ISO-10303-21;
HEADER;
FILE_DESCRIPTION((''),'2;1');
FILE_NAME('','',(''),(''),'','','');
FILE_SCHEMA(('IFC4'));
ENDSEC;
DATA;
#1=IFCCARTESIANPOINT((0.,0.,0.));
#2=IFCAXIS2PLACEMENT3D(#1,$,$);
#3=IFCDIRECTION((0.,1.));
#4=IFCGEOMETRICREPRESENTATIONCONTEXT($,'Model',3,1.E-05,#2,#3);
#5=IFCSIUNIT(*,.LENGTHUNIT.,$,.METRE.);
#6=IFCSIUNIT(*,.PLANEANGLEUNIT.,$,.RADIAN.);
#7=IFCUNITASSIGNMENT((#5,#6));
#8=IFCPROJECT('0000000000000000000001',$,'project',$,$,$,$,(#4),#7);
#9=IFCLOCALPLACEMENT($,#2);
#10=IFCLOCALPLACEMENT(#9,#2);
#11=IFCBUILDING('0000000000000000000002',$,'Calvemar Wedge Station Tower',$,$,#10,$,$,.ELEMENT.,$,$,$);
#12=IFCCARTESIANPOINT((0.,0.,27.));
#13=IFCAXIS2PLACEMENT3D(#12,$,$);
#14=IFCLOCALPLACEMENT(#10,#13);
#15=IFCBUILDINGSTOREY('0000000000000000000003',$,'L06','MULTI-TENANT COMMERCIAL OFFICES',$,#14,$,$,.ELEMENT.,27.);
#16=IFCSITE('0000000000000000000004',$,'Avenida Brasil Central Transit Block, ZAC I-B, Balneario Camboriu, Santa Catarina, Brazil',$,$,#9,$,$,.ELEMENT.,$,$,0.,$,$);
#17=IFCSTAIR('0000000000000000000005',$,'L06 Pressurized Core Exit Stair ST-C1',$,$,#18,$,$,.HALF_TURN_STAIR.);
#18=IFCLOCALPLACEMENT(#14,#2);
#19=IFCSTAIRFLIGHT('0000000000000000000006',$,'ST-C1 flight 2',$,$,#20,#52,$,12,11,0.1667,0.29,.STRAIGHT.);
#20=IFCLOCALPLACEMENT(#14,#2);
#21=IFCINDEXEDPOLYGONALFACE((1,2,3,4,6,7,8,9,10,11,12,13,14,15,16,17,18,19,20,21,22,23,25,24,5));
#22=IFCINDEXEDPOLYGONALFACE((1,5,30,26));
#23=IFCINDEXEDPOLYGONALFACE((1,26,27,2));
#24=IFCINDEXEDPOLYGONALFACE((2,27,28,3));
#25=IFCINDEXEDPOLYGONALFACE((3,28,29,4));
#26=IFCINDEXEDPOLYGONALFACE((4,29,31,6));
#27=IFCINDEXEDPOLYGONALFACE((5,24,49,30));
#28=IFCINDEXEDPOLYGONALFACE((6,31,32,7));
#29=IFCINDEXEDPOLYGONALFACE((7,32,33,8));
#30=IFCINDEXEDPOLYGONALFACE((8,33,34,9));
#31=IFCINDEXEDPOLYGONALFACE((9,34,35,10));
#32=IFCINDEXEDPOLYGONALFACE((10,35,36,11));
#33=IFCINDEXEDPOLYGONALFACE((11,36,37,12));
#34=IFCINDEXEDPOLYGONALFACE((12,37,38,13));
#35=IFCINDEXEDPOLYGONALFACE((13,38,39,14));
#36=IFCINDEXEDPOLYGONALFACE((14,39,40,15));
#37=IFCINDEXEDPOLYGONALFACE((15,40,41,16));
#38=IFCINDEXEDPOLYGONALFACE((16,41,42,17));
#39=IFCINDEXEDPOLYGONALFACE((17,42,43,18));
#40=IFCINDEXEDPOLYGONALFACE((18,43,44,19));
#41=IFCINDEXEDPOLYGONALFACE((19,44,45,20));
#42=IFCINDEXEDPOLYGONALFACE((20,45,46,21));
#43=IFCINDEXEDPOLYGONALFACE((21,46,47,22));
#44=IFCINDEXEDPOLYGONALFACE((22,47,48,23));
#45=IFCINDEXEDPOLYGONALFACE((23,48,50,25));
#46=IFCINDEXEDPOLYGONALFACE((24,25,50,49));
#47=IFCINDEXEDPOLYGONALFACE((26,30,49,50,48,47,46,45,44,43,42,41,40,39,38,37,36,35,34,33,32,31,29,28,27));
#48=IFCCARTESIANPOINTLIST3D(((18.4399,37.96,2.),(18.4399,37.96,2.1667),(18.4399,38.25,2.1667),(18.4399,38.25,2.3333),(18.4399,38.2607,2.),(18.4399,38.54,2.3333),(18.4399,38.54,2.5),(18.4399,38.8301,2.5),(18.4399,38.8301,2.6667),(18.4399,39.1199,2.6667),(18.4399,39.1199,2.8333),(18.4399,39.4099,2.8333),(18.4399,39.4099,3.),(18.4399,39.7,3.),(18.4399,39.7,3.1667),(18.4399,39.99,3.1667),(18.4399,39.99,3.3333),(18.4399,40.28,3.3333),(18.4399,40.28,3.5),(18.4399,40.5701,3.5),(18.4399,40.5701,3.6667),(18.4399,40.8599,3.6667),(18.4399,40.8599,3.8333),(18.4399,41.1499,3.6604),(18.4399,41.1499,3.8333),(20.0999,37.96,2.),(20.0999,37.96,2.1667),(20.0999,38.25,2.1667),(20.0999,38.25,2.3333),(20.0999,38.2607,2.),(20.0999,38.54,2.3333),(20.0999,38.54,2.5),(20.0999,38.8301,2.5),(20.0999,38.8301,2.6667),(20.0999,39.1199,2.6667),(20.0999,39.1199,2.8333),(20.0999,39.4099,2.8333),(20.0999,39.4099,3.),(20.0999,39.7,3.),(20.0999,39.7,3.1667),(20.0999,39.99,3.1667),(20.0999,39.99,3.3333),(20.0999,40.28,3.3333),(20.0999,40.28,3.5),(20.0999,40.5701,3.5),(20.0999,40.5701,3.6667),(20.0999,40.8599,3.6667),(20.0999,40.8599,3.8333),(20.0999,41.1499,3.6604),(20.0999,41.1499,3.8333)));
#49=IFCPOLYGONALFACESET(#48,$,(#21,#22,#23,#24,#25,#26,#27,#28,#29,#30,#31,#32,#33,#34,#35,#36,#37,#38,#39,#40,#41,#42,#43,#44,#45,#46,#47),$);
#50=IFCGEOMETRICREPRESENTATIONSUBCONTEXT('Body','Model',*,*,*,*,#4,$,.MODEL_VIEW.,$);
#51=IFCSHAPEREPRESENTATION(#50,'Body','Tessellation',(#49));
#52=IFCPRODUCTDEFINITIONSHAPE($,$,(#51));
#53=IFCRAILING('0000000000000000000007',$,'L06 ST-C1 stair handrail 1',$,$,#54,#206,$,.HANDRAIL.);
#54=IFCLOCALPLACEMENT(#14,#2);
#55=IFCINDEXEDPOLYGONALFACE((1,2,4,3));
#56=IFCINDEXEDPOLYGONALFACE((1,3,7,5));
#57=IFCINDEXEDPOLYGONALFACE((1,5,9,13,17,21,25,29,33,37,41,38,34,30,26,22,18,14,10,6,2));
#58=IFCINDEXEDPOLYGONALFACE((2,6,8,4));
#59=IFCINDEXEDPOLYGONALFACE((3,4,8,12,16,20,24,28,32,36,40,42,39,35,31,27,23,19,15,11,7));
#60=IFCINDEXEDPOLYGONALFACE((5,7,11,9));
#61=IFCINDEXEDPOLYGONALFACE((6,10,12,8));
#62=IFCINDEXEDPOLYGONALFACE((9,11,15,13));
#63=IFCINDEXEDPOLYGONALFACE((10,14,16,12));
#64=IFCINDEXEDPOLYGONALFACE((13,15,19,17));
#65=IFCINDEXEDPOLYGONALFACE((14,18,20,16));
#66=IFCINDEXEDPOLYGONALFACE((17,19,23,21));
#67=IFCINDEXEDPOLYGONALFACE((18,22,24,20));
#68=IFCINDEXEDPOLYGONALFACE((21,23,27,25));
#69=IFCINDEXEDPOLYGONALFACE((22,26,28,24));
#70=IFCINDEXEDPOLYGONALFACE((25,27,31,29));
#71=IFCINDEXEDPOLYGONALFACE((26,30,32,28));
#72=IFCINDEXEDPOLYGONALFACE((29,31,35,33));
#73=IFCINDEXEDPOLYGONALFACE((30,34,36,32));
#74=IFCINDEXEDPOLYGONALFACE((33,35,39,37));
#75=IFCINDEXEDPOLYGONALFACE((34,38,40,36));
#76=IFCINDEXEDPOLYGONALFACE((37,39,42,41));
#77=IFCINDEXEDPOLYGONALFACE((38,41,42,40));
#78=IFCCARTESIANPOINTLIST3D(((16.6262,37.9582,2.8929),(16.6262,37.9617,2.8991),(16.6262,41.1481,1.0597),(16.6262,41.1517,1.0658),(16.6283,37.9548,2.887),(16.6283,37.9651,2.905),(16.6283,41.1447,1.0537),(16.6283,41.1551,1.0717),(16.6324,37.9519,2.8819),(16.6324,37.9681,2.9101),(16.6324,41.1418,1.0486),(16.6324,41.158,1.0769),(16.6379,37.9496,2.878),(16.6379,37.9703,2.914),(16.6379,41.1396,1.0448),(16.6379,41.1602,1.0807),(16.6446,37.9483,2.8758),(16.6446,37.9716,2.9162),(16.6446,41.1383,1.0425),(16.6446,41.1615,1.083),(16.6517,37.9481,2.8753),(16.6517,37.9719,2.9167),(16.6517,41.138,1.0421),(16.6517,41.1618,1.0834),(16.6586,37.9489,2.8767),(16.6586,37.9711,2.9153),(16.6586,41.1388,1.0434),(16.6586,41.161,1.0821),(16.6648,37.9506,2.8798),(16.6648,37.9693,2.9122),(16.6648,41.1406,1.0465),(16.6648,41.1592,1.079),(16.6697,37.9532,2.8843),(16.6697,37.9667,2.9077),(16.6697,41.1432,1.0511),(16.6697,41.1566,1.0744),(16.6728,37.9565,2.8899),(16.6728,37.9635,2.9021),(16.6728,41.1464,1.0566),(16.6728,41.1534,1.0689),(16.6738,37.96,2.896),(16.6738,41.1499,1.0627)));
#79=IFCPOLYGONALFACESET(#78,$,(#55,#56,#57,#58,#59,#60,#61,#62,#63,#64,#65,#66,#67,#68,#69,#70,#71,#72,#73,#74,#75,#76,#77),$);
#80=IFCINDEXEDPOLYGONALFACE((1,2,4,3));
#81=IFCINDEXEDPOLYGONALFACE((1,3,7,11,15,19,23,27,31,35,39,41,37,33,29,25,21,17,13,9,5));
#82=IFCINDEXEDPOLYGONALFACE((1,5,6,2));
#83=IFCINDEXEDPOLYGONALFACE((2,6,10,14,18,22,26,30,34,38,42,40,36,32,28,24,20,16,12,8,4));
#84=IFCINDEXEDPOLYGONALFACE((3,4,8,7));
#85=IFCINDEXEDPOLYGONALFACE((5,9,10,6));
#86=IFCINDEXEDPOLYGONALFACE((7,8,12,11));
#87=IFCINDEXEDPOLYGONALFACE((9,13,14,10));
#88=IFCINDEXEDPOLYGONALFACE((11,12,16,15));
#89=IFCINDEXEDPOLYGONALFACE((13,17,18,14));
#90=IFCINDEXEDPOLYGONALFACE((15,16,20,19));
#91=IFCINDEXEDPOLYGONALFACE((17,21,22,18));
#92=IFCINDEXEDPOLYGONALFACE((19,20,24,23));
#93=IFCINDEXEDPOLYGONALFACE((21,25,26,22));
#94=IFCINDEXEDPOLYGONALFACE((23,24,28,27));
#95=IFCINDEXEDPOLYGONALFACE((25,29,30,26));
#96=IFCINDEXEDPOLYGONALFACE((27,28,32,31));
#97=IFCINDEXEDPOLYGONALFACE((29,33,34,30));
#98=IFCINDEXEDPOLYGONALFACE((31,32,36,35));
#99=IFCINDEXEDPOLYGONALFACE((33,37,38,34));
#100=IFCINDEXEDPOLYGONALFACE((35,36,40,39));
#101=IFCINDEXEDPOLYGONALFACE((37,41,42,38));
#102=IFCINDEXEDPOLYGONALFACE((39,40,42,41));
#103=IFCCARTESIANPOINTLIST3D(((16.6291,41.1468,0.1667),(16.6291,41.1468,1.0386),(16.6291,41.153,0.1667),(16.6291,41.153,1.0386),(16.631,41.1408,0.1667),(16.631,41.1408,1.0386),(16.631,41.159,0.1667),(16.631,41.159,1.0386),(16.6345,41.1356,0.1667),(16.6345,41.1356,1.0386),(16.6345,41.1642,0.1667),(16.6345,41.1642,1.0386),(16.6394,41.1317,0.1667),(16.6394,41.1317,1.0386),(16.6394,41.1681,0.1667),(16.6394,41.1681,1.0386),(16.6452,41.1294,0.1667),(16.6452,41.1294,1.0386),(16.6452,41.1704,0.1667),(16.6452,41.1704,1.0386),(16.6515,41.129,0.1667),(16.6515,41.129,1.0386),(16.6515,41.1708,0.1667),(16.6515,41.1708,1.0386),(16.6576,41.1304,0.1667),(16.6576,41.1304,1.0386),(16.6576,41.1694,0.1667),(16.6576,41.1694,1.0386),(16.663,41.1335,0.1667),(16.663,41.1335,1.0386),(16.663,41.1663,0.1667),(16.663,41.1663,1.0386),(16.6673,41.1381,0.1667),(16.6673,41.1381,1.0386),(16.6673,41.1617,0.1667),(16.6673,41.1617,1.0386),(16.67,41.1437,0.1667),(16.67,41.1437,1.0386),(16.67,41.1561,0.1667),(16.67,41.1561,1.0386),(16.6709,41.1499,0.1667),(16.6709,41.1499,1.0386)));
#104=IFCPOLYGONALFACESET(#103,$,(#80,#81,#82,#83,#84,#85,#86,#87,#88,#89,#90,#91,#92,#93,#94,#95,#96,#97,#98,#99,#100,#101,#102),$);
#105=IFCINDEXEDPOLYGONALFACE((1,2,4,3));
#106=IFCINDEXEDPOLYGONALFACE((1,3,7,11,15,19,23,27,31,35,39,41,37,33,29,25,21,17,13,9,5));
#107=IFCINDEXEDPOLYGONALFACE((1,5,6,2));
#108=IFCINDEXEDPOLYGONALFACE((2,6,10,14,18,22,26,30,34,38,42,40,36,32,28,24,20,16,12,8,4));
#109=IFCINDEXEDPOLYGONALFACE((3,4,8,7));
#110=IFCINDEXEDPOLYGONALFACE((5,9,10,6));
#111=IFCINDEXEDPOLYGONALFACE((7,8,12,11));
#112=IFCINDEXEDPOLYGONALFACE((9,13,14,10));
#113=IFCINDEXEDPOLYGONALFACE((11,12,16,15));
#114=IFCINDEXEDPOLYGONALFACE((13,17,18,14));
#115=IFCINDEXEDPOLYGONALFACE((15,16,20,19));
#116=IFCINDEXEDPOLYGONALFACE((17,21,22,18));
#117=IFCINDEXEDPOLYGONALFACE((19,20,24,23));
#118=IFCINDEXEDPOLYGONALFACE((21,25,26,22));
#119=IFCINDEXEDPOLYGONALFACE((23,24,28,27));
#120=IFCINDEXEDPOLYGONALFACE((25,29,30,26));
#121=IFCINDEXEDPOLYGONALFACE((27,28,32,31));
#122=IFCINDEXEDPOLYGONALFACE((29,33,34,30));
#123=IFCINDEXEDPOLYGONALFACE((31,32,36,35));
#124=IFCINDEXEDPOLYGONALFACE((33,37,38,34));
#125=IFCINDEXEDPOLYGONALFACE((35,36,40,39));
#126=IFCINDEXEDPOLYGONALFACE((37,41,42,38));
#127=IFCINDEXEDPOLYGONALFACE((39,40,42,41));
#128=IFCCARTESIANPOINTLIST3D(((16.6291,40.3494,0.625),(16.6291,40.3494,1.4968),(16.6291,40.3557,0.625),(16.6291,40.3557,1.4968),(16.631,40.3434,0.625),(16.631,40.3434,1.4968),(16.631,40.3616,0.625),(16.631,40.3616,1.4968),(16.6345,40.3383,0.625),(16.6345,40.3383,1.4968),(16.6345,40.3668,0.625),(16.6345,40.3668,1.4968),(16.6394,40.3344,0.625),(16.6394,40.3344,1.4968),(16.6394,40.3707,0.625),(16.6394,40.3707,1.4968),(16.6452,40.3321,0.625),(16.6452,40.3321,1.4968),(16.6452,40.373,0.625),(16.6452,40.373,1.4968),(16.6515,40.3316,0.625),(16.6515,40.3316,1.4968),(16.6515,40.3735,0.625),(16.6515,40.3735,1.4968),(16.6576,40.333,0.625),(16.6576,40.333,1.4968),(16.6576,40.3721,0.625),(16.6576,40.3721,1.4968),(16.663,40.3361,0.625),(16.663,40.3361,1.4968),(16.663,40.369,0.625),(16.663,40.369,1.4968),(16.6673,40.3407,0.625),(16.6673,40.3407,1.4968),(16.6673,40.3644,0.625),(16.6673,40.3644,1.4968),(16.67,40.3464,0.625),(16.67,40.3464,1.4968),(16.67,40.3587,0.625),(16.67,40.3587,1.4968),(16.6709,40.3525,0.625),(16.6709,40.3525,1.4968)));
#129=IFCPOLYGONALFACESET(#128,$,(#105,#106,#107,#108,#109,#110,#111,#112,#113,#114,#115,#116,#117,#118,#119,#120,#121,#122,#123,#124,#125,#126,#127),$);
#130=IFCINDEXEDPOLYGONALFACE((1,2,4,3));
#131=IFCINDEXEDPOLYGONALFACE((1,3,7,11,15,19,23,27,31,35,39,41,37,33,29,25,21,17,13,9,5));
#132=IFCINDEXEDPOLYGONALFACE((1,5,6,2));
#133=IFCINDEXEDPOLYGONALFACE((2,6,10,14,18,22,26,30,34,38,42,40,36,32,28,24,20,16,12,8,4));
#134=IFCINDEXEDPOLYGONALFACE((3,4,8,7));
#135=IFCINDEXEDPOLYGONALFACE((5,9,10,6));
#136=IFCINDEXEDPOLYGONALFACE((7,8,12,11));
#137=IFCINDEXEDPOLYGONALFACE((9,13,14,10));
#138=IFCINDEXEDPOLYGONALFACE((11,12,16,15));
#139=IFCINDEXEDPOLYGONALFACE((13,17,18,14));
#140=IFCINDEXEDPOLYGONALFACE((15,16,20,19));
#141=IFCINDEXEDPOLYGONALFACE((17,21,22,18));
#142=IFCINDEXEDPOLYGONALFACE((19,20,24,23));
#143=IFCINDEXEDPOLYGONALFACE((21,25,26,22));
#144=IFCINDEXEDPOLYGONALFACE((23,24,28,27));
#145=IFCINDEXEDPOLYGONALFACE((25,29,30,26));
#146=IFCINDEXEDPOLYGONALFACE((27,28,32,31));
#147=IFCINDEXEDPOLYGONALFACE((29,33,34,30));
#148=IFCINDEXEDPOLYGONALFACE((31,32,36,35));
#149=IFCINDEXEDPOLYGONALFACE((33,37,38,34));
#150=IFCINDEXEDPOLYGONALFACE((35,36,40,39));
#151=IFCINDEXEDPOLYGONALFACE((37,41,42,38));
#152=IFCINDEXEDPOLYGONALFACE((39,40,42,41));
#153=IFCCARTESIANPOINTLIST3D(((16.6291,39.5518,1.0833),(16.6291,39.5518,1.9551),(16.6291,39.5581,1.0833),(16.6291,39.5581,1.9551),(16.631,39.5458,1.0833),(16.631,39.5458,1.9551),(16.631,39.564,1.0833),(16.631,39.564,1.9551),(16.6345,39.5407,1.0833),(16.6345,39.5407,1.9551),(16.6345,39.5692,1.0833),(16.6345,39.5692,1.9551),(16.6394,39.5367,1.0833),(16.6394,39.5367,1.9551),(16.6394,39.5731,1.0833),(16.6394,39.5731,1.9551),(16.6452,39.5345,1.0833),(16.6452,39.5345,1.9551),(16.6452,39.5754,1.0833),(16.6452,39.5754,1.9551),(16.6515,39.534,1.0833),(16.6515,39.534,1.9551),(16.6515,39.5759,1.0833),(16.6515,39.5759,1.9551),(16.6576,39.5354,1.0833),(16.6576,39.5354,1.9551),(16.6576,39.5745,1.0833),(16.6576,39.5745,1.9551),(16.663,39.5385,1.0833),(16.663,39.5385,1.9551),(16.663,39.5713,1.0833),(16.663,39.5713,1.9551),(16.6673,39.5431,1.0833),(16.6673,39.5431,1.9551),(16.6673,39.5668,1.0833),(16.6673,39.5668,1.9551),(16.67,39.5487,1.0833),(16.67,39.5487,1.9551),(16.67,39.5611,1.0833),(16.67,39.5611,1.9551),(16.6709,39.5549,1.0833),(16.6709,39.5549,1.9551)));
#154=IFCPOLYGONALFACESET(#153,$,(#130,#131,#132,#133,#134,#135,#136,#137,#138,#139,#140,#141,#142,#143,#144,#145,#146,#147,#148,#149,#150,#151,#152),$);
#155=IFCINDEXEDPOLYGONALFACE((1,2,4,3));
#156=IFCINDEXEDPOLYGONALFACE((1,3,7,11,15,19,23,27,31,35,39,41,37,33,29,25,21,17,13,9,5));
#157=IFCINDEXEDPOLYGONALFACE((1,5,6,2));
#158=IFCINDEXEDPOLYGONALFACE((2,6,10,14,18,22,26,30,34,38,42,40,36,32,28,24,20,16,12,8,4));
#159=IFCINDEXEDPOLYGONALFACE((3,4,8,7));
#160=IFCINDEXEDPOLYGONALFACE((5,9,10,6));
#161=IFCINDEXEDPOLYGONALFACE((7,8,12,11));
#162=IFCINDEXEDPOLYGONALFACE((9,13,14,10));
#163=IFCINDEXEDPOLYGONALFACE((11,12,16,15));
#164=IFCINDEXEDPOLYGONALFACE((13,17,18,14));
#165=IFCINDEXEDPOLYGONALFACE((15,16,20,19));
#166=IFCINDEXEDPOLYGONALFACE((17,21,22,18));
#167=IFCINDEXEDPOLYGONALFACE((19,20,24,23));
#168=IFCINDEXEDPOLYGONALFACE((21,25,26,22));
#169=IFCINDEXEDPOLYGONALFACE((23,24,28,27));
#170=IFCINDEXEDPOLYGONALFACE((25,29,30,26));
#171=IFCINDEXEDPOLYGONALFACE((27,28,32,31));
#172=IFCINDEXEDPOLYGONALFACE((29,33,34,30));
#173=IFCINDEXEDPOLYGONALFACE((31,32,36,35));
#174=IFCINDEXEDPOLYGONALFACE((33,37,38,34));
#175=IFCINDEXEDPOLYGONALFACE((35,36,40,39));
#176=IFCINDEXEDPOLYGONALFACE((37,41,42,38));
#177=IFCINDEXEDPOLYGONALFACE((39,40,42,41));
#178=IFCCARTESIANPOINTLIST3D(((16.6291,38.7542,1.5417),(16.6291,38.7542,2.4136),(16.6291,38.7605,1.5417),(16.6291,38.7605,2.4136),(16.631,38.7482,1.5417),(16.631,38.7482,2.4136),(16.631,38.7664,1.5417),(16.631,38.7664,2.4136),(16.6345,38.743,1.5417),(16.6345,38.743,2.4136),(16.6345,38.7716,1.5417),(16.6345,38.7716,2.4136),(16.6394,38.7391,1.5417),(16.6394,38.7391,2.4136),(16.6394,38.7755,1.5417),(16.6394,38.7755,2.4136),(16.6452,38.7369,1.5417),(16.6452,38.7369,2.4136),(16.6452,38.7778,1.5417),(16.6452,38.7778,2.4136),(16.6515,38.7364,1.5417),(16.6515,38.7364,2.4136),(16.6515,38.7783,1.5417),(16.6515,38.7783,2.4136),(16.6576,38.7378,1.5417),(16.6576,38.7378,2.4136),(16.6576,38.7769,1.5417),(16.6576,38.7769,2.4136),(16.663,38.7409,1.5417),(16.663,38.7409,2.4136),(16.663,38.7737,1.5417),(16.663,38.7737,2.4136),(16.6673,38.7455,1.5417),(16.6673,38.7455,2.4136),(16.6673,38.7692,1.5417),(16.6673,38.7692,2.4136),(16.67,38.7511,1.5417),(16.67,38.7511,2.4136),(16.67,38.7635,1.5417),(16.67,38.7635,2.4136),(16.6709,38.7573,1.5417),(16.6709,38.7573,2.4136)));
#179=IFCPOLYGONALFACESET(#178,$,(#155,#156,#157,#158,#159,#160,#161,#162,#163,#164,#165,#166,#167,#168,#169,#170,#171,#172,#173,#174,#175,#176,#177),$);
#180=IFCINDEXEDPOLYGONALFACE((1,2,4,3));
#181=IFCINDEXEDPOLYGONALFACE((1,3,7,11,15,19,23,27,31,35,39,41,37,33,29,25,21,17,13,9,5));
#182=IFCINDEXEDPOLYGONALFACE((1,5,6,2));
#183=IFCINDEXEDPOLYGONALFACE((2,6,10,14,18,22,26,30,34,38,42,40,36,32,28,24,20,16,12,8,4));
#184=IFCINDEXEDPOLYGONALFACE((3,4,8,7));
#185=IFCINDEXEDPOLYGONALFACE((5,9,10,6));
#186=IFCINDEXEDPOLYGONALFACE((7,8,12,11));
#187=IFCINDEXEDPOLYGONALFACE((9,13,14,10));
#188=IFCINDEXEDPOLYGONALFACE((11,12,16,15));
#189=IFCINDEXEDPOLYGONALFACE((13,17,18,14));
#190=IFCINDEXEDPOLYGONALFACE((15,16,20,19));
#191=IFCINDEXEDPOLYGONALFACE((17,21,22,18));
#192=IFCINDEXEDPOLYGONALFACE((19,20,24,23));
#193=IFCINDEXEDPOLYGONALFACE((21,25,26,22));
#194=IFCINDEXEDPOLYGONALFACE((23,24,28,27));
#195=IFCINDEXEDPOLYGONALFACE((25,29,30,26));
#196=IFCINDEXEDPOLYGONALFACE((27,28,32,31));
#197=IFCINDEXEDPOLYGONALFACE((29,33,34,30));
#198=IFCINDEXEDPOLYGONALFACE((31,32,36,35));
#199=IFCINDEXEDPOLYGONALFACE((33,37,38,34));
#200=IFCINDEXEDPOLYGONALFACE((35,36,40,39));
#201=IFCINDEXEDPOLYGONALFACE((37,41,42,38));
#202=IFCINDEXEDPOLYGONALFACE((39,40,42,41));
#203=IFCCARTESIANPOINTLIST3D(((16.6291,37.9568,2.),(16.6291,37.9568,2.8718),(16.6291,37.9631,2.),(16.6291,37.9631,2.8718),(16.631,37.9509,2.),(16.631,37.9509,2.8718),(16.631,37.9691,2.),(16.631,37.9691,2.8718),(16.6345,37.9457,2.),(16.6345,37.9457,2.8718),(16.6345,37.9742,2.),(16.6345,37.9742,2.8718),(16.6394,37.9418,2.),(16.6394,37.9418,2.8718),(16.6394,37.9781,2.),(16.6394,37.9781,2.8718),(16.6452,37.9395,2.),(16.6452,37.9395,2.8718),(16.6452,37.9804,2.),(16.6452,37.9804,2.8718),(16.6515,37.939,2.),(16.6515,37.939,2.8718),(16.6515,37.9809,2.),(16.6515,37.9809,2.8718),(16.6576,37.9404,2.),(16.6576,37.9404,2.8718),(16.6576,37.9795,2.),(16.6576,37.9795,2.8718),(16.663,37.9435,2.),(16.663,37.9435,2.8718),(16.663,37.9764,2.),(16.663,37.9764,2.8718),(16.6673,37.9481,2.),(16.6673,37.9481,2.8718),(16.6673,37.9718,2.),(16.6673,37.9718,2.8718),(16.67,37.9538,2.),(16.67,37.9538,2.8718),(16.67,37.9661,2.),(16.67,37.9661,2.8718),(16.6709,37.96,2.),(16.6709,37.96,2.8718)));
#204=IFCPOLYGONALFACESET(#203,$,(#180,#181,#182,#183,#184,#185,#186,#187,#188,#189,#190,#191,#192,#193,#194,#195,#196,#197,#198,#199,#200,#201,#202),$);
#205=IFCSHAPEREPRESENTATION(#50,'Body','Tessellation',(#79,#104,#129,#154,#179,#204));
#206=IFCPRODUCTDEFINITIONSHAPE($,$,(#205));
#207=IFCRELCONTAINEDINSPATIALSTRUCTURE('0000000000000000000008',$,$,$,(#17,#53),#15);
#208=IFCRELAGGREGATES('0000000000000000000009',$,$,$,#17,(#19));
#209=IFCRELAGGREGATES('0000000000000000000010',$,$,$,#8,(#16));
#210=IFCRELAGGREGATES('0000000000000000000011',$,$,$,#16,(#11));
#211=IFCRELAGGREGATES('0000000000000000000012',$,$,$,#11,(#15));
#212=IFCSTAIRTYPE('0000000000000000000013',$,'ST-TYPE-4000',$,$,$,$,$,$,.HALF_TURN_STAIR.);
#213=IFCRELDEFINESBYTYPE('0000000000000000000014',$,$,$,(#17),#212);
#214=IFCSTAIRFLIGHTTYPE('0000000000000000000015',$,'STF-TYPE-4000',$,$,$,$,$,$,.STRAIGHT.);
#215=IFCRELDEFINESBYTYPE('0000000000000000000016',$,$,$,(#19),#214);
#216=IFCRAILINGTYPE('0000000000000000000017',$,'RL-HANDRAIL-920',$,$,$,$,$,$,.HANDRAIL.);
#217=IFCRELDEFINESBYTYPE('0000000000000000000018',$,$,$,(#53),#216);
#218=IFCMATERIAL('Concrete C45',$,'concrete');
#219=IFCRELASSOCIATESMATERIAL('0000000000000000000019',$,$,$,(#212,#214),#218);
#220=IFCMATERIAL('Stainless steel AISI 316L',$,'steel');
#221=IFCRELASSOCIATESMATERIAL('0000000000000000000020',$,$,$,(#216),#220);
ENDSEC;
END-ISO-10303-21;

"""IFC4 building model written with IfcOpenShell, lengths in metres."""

from ifc_helpers import new_model, si_unit, direction, frame, origin, origin_2d, place, context, subcontext, project, spatial, polyline, circle, outline, extrude, material, type_object, element, aggregate, save


model = new_model("IFC4")

# Units and contexts
model_context = context("Model", 3, precision=1e-05, world=origin(), true_north=direction((0.0, 1.0)))
body_context = subcontext(model_context, "Body", "Model", "MODEL_VIEW")
ifc_project = project(units=[si_unit("LENGTHUNIT", "METRE"), si_unit("PLANEANGLEUNIT", "RADIAN")], contexts=[model_context])

# Site, building, storey
site_placement = place(None, origin())
site = spatial("IfcSite", under=ifc_project, at=site_placement, Name="Avenida Brasil Central Transit Block, ZAC I-B, Balneario Camboriu, Santa Catarina, Brazil", CompositionType="ELEMENT", RefElevation=0.0)
building_placement = place(site_placement, origin())
building = spatial("IfcBuilding", under=site, at=building_placement, Name="Calvemar Wedge Station Tower", CompositionType="ELEMENT")
storey_placement = place(building_placement, frame((0.0, 0.0, 27.0)))
storey = spatial("IfcBuildingStorey", under=building, at=storey_placement, Name="L06", Description="MULTI-TENANT COMMERCIAL OFFICES", CompositionType="ELEMENT", Elevation=27.0)

# Stair, stair flight
ifc_material_1 = material(Name="Concrete C45", Category="concrete")
stair_type = type_object("IfcStairType", Name="ST-TYPE-4000", PredefinedType="HALF_TURN_STAIR", material=ifc_material_1)
stair_placement = place(storey_placement, origin())
stair = element("IfcStair", 1, at=stair_placement, inside=storey, type_object=stair_type, Name="L06 Pressurized Core Exit Stair ST-C1", PredefinedType="HALF_TURN_STAIR")
stair_flight_type = type_object("IfcStairFlightType", Name="STF-TYPE-4000", PredefinedType="STRAIGHT", material=ifc_material_1)
stair_flight_1_placement = place(storey_placement, frame((19.27, 37.96, 2.0), z_axis=(0.0, 0.0, 1.0), x_axis=(0.0, 1.0, 0.0)))
stair_flight_1 = element("IfcStairFlight", 2, at=stair_flight_1_placement, type_object=stair_flight_type, Name="ST-C1 flight 2", NumberOfRisers=12, NumberOfTreads=11, PredefinedType="STRAIGHT", RiserHeight=0.1667, TreadLength=0.29, context=body_context, shape_type="SweptSolid", body=[
    extrude(outline(polyline([(0.0, 0.0), (0.0, 0.1667), (0.29, 0.1667), (0.29, 0.3333), (0.5801, 0.3333), (0.5801, 0.5), (0.8701, 0.5), (0.8701, 0.6667), (1.1599, 0.6667), (1.1599, 0.8333), (1.45, 0.8333), (1.45, 1.0), (1.74, 1.0), (1.74, 1.1667), (2.03, 1.1667), (2.03, 1.3333), (2.3201, 1.3333), (2.3201, 1.5), (2.6101, 1.5), (2.6101, 1.6667), (2.8999, 1.6667), (2.8999, 1.8333), (3.1899, 1.8333), (3.1899, 2.0), (3.1899, 1.6604), (0.3008, 0.0), (0.0, 0.0)])), frame((0.0, 0.8301, 0.0), z_axis=(0.0, -1.0, 0.0), x_axis=(1.0, 0.0, 0.0)), (0.0, 0.0, 1.0), 1.6599),
])
aggregate(stair, [stair_flight_1])

# Railing
ifc_material_2 = material(Name="Stainless steel AISI 316L", Category="steel")
railing_type_1 = type_object("IfcRailingType", Name="RL-HANDRAIL-920", PredefinedType="HANDRAIL", material=ifc_material_2)
railing_1_placement = place(storey_placement, frame((16.6499, 41.1499, 0.1667)))
element("IfcRailing", 3, at=railing_1_placement, inside=storey, type_object=railing_type_1, Name="L06 ST-C1 stair handrail 1", PredefinedType="HANDRAIL", context=body_context, shape_type="SweptSolid", body=[
    extrude(circle(Radius=0.0239, at=origin_2d()), frame((0.0, 0.0, 0.896), z_axis=(0.0, -0.86702, 0.498274), x_axis=(1.0, 0.0, 0.0)), (0.0, 0.0, 1.0), 3.6792),
    extrude(circle(Radius=0.021, at=origin_2d()), origin(), (0.0, 0.0, 1.0), 0.8718),
    extrude(circle(Radius=0.021, at=origin_2d()), frame((0.0, -0.7974, 0.4583)), (0.0, 0.0, 1.0), 0.8718),
    extrude(circle(Radius=0.021, at=origin_2d()), frame((0.0, -1.595, 0.9165)), (0.0, 0.0, 1.0), 0.8718),
    extrude(circle(Radius=0.021, at=origin_2d()), frame((0.0, -2.3926, 1.375)), (0.0, 0.0, 1.0), 0.8718),
    extrude(circle(Radius=0.021, at=origin_2d()), frame((0.0, -3.1899, 1.8333)), (0.0, 0.0, 1.0), 0.8718),
])

save(model, "model.ifc")
